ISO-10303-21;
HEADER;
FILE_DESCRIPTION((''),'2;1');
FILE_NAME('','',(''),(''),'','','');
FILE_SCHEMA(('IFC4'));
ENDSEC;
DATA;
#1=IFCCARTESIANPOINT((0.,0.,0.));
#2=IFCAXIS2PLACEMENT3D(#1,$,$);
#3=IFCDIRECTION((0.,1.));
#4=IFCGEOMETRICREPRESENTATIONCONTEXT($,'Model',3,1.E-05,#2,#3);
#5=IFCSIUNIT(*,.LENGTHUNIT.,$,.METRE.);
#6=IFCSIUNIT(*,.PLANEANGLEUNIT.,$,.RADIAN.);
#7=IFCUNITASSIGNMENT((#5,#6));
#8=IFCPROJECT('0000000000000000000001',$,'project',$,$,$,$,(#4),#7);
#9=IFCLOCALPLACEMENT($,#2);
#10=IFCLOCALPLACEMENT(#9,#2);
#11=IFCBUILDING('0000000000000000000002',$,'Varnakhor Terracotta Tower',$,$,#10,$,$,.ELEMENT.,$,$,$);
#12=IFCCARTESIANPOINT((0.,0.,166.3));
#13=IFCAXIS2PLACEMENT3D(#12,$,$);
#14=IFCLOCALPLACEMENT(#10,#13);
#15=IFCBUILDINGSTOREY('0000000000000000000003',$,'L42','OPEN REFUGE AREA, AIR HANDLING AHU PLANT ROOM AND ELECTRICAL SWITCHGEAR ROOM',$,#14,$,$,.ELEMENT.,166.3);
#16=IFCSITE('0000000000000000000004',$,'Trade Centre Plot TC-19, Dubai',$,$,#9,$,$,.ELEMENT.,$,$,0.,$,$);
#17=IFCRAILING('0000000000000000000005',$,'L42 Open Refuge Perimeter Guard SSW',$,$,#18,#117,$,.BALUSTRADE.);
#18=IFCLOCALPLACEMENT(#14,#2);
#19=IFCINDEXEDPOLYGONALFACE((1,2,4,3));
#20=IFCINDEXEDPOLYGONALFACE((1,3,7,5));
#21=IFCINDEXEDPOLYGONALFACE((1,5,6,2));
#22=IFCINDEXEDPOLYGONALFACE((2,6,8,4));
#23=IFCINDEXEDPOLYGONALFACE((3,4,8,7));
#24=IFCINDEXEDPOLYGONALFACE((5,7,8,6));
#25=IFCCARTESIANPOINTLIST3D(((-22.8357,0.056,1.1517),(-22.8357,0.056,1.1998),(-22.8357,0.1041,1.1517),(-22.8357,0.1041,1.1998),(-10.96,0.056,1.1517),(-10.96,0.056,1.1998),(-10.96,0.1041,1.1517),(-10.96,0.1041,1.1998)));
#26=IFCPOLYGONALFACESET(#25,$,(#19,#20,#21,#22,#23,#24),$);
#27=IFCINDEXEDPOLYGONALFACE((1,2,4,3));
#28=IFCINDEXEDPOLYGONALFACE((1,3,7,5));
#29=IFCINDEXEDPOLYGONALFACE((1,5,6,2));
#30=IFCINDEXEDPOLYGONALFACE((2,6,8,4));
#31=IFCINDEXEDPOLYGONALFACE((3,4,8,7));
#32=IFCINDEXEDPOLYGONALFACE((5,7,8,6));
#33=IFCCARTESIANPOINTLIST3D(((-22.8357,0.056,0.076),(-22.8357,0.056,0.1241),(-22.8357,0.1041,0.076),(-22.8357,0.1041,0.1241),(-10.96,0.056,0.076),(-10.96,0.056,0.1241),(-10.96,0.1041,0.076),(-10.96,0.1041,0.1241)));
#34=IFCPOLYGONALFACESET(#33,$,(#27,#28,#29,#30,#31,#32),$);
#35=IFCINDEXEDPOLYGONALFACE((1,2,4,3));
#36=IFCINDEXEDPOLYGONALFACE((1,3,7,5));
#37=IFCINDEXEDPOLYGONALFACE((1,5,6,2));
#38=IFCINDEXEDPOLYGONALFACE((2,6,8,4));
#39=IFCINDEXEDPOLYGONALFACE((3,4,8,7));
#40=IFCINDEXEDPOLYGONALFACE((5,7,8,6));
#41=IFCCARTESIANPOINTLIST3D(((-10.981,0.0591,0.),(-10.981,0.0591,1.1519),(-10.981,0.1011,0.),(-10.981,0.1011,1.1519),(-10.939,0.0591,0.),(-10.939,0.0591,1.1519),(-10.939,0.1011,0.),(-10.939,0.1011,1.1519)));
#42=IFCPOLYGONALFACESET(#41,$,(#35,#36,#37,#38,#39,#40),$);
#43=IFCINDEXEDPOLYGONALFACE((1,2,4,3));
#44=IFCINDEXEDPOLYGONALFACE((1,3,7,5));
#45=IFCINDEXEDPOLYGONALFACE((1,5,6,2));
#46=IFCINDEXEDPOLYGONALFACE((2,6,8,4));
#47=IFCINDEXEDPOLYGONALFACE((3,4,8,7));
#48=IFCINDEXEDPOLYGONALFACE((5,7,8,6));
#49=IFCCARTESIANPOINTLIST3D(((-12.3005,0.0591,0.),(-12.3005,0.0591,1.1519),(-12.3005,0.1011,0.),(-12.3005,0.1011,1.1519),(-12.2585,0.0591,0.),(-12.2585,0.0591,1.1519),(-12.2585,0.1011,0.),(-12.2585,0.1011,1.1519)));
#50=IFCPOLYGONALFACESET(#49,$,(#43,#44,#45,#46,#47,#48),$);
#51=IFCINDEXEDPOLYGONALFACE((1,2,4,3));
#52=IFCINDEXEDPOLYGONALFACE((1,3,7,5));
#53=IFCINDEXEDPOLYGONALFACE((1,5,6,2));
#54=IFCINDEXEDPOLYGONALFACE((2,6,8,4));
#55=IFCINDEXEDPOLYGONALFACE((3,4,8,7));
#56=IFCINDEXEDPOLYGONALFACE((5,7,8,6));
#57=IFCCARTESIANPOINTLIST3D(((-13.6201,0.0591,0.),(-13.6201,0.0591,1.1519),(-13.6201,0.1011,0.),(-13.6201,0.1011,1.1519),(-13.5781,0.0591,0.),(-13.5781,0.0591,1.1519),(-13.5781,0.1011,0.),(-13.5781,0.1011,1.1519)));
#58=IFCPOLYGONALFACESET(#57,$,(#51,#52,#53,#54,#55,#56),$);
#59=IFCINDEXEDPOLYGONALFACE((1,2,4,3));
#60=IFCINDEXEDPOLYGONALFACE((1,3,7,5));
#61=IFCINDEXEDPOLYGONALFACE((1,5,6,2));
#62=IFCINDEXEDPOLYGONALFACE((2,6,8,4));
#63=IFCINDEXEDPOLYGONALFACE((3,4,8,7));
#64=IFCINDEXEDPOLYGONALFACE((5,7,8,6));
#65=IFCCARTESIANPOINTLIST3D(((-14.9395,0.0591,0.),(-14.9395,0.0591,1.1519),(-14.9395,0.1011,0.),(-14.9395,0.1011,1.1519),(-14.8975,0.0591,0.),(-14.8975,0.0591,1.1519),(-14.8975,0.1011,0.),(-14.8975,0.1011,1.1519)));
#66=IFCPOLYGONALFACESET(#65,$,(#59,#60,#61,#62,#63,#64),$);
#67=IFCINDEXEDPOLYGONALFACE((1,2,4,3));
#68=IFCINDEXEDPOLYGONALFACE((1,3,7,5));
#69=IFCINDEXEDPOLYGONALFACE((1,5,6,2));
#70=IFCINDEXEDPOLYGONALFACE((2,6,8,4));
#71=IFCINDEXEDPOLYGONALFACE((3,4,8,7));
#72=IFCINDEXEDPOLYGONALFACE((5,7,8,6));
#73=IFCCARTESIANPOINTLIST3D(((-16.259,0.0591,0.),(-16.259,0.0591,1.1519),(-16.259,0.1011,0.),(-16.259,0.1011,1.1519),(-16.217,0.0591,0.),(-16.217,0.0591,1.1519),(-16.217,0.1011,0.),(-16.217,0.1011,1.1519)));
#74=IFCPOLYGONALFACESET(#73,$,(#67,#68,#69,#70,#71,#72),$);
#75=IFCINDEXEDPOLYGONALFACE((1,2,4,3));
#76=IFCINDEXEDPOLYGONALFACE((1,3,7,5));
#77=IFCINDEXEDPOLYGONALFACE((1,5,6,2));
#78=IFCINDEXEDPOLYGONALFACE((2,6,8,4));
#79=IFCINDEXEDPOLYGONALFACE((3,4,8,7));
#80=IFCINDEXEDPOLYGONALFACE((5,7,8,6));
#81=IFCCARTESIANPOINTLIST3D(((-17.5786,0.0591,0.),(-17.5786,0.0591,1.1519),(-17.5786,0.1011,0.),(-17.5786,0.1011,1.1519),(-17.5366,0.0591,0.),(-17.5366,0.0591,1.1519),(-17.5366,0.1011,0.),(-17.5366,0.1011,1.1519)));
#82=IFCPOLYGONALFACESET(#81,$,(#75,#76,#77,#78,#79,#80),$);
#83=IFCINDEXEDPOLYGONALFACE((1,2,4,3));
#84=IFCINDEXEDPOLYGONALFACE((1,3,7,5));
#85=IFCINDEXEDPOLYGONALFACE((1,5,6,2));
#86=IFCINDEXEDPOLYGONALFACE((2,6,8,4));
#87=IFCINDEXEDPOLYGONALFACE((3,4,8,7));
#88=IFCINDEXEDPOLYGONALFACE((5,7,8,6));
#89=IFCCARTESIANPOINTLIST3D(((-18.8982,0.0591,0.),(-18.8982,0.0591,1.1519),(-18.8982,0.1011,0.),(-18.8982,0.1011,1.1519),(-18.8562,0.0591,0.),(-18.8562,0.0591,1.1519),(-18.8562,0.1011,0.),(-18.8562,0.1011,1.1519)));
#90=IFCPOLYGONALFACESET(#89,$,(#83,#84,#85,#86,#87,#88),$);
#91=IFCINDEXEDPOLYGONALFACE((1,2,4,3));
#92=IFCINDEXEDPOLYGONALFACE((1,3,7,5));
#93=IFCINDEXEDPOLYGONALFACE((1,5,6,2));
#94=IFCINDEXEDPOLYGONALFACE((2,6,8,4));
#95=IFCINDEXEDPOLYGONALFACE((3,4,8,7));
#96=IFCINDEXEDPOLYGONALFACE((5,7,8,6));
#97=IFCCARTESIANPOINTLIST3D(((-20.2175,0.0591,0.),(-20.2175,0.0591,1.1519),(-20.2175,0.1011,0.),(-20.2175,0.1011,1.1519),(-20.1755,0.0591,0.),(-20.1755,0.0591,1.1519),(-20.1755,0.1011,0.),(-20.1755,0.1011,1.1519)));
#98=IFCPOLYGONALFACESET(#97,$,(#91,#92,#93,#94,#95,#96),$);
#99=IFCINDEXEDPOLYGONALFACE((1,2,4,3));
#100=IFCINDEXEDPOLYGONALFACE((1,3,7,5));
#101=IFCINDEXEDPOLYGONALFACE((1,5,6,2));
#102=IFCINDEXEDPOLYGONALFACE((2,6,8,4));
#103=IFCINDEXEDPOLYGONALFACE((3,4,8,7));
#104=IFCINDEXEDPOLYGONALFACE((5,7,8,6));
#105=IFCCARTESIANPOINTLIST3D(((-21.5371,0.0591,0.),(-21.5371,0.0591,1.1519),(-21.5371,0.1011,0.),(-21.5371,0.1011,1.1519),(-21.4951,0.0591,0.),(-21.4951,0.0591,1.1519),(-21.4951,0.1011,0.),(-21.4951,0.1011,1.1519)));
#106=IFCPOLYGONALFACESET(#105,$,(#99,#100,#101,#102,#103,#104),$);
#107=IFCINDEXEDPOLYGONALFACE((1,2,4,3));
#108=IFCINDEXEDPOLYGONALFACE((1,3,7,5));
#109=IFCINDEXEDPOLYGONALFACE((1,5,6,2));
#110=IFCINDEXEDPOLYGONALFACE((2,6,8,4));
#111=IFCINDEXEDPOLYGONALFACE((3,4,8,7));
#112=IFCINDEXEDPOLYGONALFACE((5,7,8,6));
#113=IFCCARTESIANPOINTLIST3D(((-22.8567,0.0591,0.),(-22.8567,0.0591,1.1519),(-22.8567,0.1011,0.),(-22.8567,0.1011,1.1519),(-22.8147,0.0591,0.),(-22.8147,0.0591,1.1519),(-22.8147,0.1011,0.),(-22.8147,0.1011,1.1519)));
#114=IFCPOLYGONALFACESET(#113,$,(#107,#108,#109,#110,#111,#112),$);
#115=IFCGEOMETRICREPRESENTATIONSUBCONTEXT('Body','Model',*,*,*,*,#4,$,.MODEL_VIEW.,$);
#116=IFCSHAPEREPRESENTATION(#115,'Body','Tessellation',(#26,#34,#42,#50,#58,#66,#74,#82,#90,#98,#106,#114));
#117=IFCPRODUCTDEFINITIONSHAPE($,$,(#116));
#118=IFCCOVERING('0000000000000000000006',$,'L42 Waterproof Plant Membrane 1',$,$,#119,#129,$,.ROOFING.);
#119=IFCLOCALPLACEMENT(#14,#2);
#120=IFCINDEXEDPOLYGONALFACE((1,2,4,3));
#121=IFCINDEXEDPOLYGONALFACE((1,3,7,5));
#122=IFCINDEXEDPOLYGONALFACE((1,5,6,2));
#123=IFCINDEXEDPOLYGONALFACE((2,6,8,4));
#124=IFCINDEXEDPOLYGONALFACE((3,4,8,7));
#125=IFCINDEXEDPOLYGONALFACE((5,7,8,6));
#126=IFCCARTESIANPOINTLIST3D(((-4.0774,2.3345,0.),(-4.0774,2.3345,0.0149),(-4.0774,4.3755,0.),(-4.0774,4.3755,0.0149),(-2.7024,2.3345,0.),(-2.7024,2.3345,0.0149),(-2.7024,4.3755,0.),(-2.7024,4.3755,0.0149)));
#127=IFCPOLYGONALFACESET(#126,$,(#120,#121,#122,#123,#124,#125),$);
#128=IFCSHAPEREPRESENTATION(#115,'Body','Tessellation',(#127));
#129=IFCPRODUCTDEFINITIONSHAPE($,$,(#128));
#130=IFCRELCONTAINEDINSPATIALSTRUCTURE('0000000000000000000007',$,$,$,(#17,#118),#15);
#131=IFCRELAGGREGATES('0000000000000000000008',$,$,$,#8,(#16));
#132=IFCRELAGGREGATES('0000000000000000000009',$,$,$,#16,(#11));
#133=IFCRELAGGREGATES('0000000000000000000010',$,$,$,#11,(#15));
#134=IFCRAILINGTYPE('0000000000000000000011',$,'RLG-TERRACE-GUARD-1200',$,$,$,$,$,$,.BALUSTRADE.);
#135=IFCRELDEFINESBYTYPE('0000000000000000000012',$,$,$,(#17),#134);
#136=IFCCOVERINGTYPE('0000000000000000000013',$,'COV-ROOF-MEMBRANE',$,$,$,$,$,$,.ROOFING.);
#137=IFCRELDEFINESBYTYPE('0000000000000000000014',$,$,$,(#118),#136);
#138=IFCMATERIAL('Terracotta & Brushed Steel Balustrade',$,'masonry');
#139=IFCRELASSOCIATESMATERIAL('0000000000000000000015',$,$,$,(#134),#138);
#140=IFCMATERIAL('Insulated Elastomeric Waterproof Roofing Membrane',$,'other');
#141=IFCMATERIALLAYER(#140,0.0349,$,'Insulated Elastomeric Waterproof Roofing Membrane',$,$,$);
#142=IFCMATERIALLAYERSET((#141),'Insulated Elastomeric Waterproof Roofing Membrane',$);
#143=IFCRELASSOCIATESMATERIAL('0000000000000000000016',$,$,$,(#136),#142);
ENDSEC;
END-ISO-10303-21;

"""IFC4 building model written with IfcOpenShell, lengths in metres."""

from ifc_helpers import new_model, si_unit, direction, frame, origin, origin_2d, place, context, subcontext, project, spatial, rectangle, extrude, source, transform, mapped, material, layer, layer_set, type_object, element, save


model = new_model("IFC4")

# Units and contexts
model_context = context("Model", 3, precision=1e-05, world=origin(), true_north=direction((0.0, 1.0)))
body_context = subcontext(model_context, "Body", "Model", "MODEL_VIEW")
ifc_project = project(units=[si_unit("LENGTHUNIT", "METRE"), si_unit("PLANEANGLEUNIT", "RADIAN")], contexts=[model_context])

# Site, building, storey
site_placement = place(None, origin())
site = spatial("IfcSite", under=ifc_project, at=site_placement, Name="Trade Centre Plot TC-19, Dubai", CompositionType="ELEMENT", RefElevation=0.0)
building_placement = place(site_placement, origin())
building = spatial("IfcBuilding", under=site, at=building_placement, Name="Varnakhor Terracotta Tower", CompositionType="ELEMENT")
storey_placement = place(building_placement, frame((0.0, 0.0, 166.3)))
storey = spatial("IfcBuildingStorey", under=building, at=storey_placement, Name="L42", Description="OPEN REFUGE AREA, AIR HANDLING AHU PLANT ROOM AND ELECTRICAL SWITCHGEAR ROOM", CompositionType="ELEMENT", Elevation=166.3)

# Railing
ifc_material_1 = material(Name="Terracotta & Brushed Steel Balustrade", Category="masonry")
railing_type_1 = type_object("IfcRailingType", Name="RLG-TERRACE-GUARD-1200", PredefinedType="BALUSTRADE", material=ifc_material_1)
railing_1_placement = place(storey_placement, frame((-10.96, 0.0801, 0.0)))
element("IfcRailing", 1, at=railing_1_placement, inside=storey, type_object=railing_type_1, Name="L42 Open Refuge Perimeter Guard SSW", PredefinedType="BALUSTRADE", context=body_context, shape_type="SweptSolid", body=[
    extrude(rectangle(XDim=0.0481, YDim=0.0481, at=origin_2d()), frame((0.0, 0.0, 1.1758), z_axis=(-1.0, 0.0, 0.0), x_axis=(0.0, -1.0, 0.0)), (0.0, 0.0, 1.0), 11.8757),
    extrude(rectangle(XDim=0.0481, YDim=0.0481, at=origin_2d()), frame((0.0, 0.0, 0.1001), z_axis=(-1.0, 0.0, 0.0), x_axis=(0.0, -1.0, 0.0)), (0.0, 0.0, 1.0), 11.8757),
    extrude(rectangle(XDim=0.042, YDim=0.042, at=origin_2d()), origin(), (0.0, 0.0, 1.0), 1.1519),
    extrude(rectangle(XDim=0.042, YDim=0.042, at=origin_2d()), frame((-1.3196, 0.0, 0.0)), (0.0, 0.0, 1.0), 1.1519),
    extrude(rectangle(XDim=0.042, YDim=0.042, at=origin_2d()), frame((-2.6392, 0.0, 0.0)), (0.0, 0.0, 1.0), 1.1519),
    extrude(rectangle(XDim=0.042, YDim=0.042, at=origin_2d()), frame((-3.9585, 0.0, 0.0)), (0.0, 0.0, 1.0), 1.1519),
    extrude(rectangle(XDim=0.042, YDim=0.042, at=origin_2d()), frame((-5.2781, 0.0, 0.0)), (0.0, 0.0, 1.0), 1.1519),
    extrude(rectangle(XDim=0.042, YDim=0.042, at=origin_2d()), frame((-6.5977, 0.0, 0.0)), (0.0, 0.0, 1.0), 1.1519),
    extrude(rectangle(XDim=0.042, YDim=0.042, at=origin_2d()), frame((-7.9172, 0.0, 0.0)), (0.0, 0.0, 1.0), 1.1519),
    extrude(rectangle(XDim=0.042, YDim=0.042, at=origin_2d()), frame((-9.2366, 0.0, 0.0)), (0.0, 0.0, 1.0), 1.1519),
    extrude(rectangle(XDim=0.042, YDim=0.042, at=origin_2d()), frame((-10.5562, 0.0, 0.0)), (0.0, 0.0, 1.0), 1.1519),
    extrude(rectangle(XDim=0.042, YDim=0.042, at=origin_2d()), frame((-11.8757, 0.0, 0.0)), (0.0, 0.0, 1.0), 1.1519),
])

# Covering
ifc_material_2 = material(Name="Insulated Elastomeric Waterproof Roofing Membrane", Category="other")
ifc_layer_1 = layer(ifc_material_2, 0.0349, Name="Insulated Elastomeric Waterproof Roofing Membrane")
ifc_layer_set_1 = layer_set([ifc_layer_1], Name="Insulated Elastomeric Waterproof Roofing Membrane")
covering_type = type_object("IfcCoveringType", Name="COV-ROOF-MEMBRANE", PredefinedType="ROOFING", material=ifc_layer_set_1)
shared_shape_1 = source(origin(), body_context, "Body", "SweptSolid", [
    extrude(rectangle(XDim=1.375, YDim=2.041, at=origin_2d()), origin(), (0.0, 0.0, 1.0), 0.0149),
])
covering_placement = place(storey_placement, frame((-3.3899, 3.355, 0.0), z_axis=(0.0, 0.0, 1.0), x_axis=(1.0, 0.0, 0.0)))
element("IfcCovering", 2, at=covering_placement, inside=storey, type_object=covering_type, Name="L42 Waterproof Plant Membrane 1", PredefinedType="ROOFING", context=body_context, shape_type="MappedRepresentation", body=[
    mapped(shared_shape_1, transform((0.0, 0.0, 0.0), scale=1.0)),
])

save(model, "model.ifc")
